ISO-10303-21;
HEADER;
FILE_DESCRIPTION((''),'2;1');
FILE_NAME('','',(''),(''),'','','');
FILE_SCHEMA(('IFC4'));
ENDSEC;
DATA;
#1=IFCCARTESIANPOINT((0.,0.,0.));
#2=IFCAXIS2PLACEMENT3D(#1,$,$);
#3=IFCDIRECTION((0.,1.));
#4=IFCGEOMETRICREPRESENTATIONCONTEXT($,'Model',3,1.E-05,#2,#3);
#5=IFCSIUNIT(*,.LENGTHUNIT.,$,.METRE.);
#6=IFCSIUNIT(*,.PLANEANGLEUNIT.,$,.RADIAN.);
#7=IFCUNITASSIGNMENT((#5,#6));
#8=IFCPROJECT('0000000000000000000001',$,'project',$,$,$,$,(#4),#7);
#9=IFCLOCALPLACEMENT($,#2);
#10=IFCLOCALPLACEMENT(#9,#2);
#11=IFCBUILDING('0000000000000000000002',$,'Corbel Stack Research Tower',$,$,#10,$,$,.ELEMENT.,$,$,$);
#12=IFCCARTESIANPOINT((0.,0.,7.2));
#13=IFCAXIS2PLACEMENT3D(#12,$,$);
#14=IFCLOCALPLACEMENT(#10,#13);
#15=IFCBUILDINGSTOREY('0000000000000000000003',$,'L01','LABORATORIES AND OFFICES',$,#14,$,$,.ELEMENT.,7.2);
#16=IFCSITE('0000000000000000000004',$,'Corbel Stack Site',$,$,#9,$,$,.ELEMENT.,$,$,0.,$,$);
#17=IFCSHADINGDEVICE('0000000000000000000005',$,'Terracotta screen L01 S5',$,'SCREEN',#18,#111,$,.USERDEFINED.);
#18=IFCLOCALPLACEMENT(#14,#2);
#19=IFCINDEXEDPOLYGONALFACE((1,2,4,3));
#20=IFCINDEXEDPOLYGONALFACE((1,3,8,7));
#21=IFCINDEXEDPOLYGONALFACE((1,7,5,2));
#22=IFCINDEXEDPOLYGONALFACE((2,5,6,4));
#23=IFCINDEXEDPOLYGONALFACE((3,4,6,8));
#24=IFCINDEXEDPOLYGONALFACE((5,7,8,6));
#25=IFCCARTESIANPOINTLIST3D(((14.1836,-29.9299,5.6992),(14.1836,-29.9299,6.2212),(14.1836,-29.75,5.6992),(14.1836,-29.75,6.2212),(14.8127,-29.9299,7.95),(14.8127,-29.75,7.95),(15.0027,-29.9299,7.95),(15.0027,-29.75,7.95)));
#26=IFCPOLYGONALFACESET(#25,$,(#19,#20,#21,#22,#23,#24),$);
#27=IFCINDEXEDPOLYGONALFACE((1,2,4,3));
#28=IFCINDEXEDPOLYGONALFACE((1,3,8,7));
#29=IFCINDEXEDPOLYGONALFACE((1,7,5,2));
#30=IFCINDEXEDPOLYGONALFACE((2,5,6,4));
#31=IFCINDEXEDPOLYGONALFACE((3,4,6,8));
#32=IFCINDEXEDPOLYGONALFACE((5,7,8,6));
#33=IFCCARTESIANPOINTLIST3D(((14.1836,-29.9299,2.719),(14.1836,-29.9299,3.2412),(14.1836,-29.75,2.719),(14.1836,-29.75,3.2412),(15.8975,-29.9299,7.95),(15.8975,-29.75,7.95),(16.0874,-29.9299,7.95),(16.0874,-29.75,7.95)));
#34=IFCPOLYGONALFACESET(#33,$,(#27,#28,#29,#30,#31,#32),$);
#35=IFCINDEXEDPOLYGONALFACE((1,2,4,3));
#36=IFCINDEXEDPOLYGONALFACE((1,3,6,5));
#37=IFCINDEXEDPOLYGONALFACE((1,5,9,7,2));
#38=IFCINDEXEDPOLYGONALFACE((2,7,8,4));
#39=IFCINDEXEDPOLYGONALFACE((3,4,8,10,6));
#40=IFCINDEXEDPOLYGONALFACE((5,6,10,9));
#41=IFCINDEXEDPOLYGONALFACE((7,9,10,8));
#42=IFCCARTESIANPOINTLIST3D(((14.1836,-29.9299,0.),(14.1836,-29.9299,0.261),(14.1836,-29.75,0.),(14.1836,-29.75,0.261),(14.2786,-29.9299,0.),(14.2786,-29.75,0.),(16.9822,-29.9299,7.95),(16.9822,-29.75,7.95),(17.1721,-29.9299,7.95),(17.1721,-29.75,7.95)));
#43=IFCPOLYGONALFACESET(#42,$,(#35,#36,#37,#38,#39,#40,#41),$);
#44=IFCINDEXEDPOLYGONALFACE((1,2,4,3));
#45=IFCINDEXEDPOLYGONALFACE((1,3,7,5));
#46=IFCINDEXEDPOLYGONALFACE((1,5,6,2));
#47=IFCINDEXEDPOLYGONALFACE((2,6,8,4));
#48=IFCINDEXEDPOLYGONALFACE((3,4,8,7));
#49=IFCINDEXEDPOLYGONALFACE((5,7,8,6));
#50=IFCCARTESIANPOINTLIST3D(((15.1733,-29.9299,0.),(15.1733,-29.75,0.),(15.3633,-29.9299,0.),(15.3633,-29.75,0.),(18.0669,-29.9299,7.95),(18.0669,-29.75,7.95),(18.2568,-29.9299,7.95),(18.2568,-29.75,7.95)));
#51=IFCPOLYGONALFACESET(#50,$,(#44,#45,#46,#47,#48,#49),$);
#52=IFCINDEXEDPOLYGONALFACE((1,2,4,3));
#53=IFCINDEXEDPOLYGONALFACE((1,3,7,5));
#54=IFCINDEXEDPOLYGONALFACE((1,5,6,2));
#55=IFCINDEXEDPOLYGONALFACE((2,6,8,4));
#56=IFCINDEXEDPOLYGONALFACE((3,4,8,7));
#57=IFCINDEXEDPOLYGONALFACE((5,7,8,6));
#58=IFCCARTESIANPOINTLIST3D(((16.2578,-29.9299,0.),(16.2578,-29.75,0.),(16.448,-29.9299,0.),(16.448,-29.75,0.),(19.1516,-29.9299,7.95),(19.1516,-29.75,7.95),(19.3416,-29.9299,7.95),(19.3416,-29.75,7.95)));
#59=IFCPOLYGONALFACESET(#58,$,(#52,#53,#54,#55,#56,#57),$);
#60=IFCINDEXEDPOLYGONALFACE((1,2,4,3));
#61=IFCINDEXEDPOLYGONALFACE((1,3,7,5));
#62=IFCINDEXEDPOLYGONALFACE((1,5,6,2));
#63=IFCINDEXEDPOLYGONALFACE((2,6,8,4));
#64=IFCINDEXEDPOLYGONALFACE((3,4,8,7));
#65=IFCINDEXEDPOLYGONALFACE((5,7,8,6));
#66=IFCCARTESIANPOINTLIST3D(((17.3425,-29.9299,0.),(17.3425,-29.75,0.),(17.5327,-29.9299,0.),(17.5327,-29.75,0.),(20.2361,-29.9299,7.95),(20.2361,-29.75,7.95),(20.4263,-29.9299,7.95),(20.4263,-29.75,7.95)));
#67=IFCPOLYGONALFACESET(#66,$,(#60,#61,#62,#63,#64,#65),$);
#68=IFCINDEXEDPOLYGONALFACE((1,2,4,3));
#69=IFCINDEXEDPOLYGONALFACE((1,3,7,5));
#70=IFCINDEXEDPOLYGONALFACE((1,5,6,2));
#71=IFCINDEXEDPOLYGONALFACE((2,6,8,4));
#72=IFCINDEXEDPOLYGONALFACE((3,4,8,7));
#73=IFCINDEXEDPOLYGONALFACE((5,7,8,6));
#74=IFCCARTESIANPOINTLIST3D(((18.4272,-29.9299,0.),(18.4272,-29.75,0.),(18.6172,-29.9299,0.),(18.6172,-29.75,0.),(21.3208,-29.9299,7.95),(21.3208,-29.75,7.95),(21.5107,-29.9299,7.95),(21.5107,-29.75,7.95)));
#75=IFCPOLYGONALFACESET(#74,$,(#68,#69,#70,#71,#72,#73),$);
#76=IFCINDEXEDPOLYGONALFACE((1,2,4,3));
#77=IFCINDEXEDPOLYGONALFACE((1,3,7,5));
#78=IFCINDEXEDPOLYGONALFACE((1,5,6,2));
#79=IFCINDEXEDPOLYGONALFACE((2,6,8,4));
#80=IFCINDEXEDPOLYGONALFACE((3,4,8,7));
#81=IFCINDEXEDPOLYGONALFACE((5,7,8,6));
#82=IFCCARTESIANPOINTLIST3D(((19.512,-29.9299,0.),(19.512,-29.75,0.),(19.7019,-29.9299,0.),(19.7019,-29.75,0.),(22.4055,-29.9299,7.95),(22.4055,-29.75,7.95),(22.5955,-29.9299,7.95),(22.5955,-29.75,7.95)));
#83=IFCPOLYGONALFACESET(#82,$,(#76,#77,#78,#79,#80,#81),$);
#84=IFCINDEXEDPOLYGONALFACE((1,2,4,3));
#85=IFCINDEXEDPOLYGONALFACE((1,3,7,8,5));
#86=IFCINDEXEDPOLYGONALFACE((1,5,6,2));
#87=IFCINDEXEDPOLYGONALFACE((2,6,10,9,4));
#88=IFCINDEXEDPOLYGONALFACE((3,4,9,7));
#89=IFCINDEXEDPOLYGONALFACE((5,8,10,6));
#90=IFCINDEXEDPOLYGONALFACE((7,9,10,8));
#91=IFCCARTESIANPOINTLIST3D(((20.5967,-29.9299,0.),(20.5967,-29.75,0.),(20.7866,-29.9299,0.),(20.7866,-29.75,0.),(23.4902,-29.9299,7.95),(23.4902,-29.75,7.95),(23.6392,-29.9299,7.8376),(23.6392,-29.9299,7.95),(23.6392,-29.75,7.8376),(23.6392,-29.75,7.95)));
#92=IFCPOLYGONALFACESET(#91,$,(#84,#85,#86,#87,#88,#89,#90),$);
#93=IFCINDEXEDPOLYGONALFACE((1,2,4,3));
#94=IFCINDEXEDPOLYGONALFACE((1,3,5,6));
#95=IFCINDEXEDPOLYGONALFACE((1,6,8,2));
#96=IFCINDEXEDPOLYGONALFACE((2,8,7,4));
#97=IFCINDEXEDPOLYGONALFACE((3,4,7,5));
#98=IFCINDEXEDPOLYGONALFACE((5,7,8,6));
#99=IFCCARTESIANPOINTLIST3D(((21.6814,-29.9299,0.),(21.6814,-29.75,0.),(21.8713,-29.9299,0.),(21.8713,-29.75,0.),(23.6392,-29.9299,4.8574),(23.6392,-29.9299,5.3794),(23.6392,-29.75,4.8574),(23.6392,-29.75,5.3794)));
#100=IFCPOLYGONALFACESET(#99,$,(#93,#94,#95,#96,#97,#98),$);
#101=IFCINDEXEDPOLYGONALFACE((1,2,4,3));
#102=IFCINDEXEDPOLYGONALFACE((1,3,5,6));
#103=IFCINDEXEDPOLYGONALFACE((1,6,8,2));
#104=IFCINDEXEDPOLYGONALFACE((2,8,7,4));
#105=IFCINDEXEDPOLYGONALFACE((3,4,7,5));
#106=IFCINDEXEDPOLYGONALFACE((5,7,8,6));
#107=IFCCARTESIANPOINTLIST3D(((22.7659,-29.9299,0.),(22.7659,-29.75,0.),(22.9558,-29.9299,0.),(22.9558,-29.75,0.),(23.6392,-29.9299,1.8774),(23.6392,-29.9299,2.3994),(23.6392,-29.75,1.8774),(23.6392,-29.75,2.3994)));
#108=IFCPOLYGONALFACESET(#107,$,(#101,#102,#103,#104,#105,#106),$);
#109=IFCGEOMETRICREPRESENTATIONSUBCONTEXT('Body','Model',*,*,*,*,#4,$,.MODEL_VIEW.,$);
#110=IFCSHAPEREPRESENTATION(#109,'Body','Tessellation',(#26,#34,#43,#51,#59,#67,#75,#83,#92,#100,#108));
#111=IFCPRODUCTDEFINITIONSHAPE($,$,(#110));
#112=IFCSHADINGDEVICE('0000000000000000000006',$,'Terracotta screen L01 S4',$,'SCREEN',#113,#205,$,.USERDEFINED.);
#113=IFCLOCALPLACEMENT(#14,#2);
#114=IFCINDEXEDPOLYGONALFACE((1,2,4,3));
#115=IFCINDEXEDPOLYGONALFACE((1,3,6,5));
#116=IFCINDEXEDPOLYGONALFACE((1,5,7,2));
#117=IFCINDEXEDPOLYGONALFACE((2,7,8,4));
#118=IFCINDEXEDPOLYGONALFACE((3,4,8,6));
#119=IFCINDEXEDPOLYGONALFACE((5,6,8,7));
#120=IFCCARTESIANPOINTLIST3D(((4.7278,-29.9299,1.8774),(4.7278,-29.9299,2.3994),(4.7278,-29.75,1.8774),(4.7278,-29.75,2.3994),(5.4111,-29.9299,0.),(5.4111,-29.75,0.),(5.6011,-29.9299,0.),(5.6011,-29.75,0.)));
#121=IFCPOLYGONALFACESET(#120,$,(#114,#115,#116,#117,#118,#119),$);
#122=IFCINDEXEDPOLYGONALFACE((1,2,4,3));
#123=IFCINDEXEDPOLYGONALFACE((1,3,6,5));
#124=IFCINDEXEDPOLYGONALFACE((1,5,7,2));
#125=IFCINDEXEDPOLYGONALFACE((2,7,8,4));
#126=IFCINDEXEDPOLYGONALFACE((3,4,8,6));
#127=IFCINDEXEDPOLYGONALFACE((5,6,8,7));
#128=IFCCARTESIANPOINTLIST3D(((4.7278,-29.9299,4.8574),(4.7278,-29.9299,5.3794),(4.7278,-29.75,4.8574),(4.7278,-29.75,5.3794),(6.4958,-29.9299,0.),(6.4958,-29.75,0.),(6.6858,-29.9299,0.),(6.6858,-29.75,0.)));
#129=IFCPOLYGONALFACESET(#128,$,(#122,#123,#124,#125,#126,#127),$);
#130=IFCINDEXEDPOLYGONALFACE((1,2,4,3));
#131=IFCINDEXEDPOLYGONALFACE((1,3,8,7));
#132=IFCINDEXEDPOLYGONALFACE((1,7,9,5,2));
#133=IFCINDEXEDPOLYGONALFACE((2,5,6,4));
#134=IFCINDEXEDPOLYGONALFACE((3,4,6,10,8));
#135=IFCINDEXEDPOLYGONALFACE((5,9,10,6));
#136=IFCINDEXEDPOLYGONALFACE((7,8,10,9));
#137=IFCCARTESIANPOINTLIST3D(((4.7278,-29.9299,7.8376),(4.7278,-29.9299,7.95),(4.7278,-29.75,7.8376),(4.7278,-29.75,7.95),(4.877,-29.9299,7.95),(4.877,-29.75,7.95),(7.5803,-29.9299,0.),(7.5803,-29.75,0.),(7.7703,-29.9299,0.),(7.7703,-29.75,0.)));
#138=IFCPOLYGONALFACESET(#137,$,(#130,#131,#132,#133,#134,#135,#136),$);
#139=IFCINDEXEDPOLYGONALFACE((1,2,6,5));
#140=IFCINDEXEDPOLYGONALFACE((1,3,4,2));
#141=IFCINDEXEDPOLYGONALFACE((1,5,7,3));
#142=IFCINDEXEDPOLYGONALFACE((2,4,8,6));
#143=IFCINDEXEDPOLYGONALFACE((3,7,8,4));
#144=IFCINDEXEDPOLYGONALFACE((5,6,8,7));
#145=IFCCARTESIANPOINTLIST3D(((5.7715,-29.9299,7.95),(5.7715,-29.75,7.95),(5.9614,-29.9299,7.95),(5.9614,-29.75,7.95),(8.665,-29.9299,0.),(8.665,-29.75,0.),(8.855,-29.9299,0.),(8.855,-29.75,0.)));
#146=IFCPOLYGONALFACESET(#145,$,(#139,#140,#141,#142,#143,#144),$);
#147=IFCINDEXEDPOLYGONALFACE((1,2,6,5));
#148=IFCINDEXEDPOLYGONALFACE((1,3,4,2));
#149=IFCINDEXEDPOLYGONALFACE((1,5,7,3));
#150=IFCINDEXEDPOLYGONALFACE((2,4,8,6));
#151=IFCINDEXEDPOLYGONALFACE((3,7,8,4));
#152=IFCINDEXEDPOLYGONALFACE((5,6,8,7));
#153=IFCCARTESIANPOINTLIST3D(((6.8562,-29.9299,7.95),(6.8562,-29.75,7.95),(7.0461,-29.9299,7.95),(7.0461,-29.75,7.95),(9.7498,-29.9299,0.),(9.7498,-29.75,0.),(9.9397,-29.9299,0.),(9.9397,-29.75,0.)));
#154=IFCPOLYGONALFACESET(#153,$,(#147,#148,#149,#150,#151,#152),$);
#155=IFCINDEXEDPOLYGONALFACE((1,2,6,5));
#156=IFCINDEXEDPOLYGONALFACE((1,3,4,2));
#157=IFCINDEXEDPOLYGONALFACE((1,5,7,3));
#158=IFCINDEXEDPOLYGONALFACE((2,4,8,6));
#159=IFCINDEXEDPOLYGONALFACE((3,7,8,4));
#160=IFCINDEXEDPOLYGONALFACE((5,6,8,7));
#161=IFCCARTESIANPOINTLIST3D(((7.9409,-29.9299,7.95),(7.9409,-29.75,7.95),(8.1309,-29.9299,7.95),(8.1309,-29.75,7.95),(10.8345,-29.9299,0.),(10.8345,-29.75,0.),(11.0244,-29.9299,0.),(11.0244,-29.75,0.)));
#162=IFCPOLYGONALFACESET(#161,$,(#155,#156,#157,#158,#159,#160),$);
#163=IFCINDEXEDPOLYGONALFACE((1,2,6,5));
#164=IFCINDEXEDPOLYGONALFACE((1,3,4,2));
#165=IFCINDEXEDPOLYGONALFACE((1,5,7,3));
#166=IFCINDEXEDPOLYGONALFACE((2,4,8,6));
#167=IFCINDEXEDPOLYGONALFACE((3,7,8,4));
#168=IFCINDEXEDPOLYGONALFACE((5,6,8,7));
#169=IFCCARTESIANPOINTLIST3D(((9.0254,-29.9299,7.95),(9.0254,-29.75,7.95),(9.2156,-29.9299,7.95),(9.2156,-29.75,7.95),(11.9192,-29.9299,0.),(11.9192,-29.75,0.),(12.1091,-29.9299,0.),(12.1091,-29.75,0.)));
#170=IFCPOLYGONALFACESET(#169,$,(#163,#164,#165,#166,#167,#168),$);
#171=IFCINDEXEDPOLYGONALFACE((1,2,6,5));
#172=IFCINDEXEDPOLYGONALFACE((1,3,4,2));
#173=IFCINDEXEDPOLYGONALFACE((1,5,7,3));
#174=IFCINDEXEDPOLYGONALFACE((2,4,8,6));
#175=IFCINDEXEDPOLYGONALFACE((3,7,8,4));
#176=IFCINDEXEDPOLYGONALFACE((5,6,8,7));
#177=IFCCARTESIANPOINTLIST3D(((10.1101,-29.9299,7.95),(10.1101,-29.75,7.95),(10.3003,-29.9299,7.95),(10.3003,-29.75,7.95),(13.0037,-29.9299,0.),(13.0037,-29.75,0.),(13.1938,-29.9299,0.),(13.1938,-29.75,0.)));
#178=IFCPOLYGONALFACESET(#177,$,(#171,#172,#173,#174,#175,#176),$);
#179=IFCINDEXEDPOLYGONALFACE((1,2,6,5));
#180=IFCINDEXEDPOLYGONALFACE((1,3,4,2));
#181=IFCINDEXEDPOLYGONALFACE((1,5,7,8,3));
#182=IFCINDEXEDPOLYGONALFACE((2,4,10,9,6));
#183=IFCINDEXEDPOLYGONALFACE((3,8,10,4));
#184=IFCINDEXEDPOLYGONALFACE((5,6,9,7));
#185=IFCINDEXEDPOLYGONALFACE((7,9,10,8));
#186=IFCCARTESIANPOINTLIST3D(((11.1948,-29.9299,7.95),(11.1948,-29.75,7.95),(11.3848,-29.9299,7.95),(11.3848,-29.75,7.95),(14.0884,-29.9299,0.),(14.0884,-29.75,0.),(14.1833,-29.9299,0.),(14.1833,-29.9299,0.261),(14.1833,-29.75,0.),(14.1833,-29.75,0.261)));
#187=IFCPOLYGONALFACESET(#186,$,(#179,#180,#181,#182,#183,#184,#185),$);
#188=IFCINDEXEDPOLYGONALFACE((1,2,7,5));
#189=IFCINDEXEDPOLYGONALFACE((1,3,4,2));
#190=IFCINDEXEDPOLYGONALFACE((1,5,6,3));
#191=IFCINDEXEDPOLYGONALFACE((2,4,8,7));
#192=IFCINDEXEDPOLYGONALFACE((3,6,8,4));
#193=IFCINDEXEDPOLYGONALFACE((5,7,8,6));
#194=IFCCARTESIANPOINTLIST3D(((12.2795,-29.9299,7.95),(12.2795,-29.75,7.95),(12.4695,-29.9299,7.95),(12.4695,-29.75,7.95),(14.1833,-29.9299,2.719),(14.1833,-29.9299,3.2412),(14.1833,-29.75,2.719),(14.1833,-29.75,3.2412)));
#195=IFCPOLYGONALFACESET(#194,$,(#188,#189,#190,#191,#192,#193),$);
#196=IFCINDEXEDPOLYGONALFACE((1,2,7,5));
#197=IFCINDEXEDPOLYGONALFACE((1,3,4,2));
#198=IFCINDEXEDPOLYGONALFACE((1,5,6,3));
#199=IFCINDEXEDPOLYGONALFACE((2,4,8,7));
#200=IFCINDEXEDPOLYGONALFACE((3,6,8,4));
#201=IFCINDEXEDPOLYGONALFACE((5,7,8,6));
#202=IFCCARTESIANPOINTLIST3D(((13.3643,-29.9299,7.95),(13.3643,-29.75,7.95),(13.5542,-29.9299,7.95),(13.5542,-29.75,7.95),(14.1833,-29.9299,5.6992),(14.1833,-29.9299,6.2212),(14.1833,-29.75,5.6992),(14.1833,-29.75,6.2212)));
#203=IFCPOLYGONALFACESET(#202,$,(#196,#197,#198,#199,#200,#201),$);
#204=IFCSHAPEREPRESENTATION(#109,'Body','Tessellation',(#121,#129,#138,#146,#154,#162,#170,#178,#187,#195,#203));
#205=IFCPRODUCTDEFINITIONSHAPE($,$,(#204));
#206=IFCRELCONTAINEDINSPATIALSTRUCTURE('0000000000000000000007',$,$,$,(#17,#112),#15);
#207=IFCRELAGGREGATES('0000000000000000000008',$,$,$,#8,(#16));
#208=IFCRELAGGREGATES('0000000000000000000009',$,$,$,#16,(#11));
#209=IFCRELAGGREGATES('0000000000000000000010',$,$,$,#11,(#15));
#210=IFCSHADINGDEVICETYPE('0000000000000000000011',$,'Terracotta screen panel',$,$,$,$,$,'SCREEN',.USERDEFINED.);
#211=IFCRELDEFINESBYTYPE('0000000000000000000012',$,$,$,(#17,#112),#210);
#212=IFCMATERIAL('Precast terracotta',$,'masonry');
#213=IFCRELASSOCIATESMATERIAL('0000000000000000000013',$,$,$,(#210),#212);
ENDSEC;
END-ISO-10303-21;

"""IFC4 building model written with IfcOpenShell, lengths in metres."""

from ifc_helpers import new_model, si_unit, direction, frame, origin, place, context, subcontext, project, spatial, polyline, outline, extrude, source, transform, mapped, material, type_object, element, save


model = new_model("IFC4")

# Units and contexts
model_context = context("Model", 3, precision=1e-05, world=origin(), true_north=direction((0.0, 1.0)))
body_context = subcontext(model_context, "Body", "Model", "MODEL_VIEW")
ifc_project = project(units=[si_unit("LENGTHUNIT", "METRE"), si_unit("PLANEANGLEUNIT", "RADIAN")], contexts=[model_context])

# Site, building, storey
site_placement = place(None, origin())
site = spatial("IfcSite", under=ifc_project, at=site_placement, Name="Corbel Stack Site", CompositionType="ELEMENT", RefElevation=0.0)
building_placement = place(site_placement, origin())
building = spatial("IfcBuilding", under=site, at=building_placement, Name="Corbel Stack Research Tower", CompositionType="ELEMENT")
storey_placement = place(building_placement, frame((0.0, 0.0, 7.2)))
storey = spatial("IfcBuildingStorey", under=building, at=storey_placement, Name="L01", Description="LABORATORIES AND OFFICES", CompositionType="ELEMENT", Elevation=7.2)

# Shading devices
ifc_material_1 = material(Name="Precast terracotta", Category="masonry")
shading_device_type = type_object("IfcShadingDeviceType", Name="Terracotta screen panel", ElementType="SCREEN", PredefinedType="USERDEFINED", material=ifc_material_1)
shared_shape_1 = source(origin(), body_context, "Body", "SweptSolid", [
    extrude(outline(polyline([(0.8191, 7.95), (0.6292, 7.95), (0.0, 6.2212), (0.0, 5.6992), (0.8191, 7.95)])), frame((0.0, 0.0, 0.0), z_axis=(0.0, -1.0, 0.0), x_axis=(1.0, 0.0, 0.0)), (0.0, 0.0, 1.0), 0.1799),
    extrude(outline(polyline([(1.9038, 7.95), (1.7139, 7.95), (0.0, 3.2412), (0.0, 2.719), (1.9038, 7.95)])), frame((0.0, 0.0, 0.0), z_axis=(0.0, -1.0, 0.0), x_axis=(1.0, 0.0, 0.0)), (0.0, 0.0, 1.0), 0.1799),
    extrude(outline(polyline([(0.095, 0.0), (2.9885, 7.95), (2.7986, 7.95), (0.0, 0.261), (0.0, 0.0), (0.095, 0.0)])), frame((0.0, 0.0, 0.0), z_axis=(0.0, -1.0, 0.0), x_axis=(1.0, 0.0, 0.0)), (0.0, 0.0, 1.0), 0.1799),
    extrude(outline(polyline([(1.1797, 0.0), (4.0732, 7.95), (3.8833, 7.95), (0.9897, 0.0), (1.1797, 0.0)])), frame((0.0, 0.0, 0.0), z_axis=(0.0, -1.0, 0.0), x_axis=(1.0, 0.0, 0.0)), (0.0, 0.0, 1.0), 0.1799),
    extrude(outline(polyline([(2.2644, 0.0), (5.158, 7.95), (4.968, 7.95), (2.0742, 0.0), (2.2644, 0.0)])), frame((0.0, 0.0, 0.0), z_axis=(0.0, -1.0, 0.0), x_axis=(1.0, 0.0, 0.0)), (0.0, 0.0, 1.0), 0.1799),
    extrude(outline(polyline([(3.3491, 0.0), (6.2427, 7.95), (6.0525, 7.95), (3.1589, 0.0), (3.3491, 0.0)])), frame((0.0, 0.0, 0.0), z_axis=(0.0, -1.0, 0.0), x_axis=(1.0, 0.0, 0.0)), (0.0, 0.0, 1.0), 0.1799),
    extrude(outline(polyline([(4.4336, 0.0), (7.3271, 7.95), (7.1372, 7.95), (4.2437, 0.0), (4.4336, 0.0)])), frame((0.0, 0.0, 0.0), z_axis=(0.0, -1.0, 0.0), x_axis=(1.0, 0.0, 0.0)), (0.0, 0.0, 1.0), 0.1799),
    extrude(outline(polyline([(5.5183, 0.0), (8.4119, 7.95), (8.2219, 7.95), (5.3284, 0.0), (5.5183, 0.0)])), frame((0.0, 0.0, 0.0), z_axis=(0.0, -1.0, 0.0), x_axis=(1.0, 0.0, 0.0)), (0.0, 0.0, 1.0), 0.1799),
    extrude(outline(polyline([(6.603, 0.0), (9.4556, 7.8376), (9.4556, 7.95), (9.3066, 7.95), (6.4131, 0.0), (6.603, 0.0)])), frame((0.0, 0.0, 0.0), z_axis=(0.0, -1.0, 0.0), x_axis=(1.0, 0.0, 0.0)), (0.0, 0.0, 1.0), 0.1799),
    extrude(outline(polyline([(7.6877, 0.0), (9.4556, 4.8574), (9.4556, 5.3794), (7.4978, 0.0), (7.6877, 0.0)])), frame((0.0, 0.0, 0.0), z_axis=(0.0, -1.0, 0.0), x_axis=(1.0, 0.0, 0.0)), (0.0, 0.0, 1.0), 0.1799),
    extrude(outline(polyline([(8.7722, 0.0), (9.4556, 1.8774), (9.4556, 2.3994), (8.5823, 0.0), (8.7722, 0.0)])), frame((0.0, 0.0, 0.0), z_axis=(0.0, -1.0, 0.0), x_axis=(1.0, 0.0, 0.0)), (0.0, 0.0, 1.0), 0.1799),
])
for number, where, z_axis, x_axis, name in (
    (1, (14.1836, -29.75, 0.0), (0.0, 0.0, 1.0), (1.0, 0.0, 0.0), "Terracotta screen L01 S5"),
):
    element("IfcShadingDevice", number, at=place(storey_placement, frame(where, z_axis=z_axis, x_axis=x_axis)), inside=storey, type_object=shading_device_type, Name=name, ObjectType="SCREEN", PredefinedType="USERDEFINED", context=body_context, shape_type="MappedRepresentation", body=[
        mapped(shared_shape_1, transform((0.0, 0.0, 0.0))),
    ])
shared_shape_2 = source(origin(), body_context, "Body", "SweptSolid", [
    extrude(outline(polyline([(0.8733, 0.0), (0.0, 2.3994), (0.0, 1.8774), (0.6833, 0.0), (0.8733, 0.0)])), frame((0.0, 0.0, 0.0), z_axis=(0.0, -1.0, 0.0), x_axis=(1.0, 0.0, 0.0)), (0.0, 0.0, 1.0), 0.1799),
    extrude(outline(polyline([(1.958, 0.0), (0.0, 5.3794), (0.0, 4.8574), (1.7681, 0.0), (1.958, 0.0)])), frame((0.0, 0.0, 0.0), z_axis=(0.0, -1.0, 0.0), x_axis=(1.0, 0.0, 0.0)), (0.0, 0.0, 1.0), 0.1799),
    extrude(outline(polyline([(3.0425, 0.0), (0.1492, 7.95), (0.0, 7.95), (0.0, 7.8376), (2.8525, 0.0), (3.0425, 0.0)])), frame((0.0, 0.0, 0.0), z_axis=(0.0, -1.0, 0.0), x_axis=(1.0, 0.0, 0.0)), (0.0, 0.0, 1.0), 0.1799),
    extrude(outline(polyline([(4.1272, 0.0), (1.2336, 7.95), (1.0437, 7.95), (3.9373, 0.0), (4.1272, 0.0)])), frame((0.0, 0.0, 0.0), z_axis=(0.0, -1.0, 0.0), x_axis=(1.0, 0.0, 0.0)), (0.0, 0.0, 1.0), 0.1799),
    extrude(outline(polyline([(5.2119, 0.0), (2.3184, 7.95), (2.1284, 7.95), (5.022, 0.0), (5.2119, 0.0)])), frame((0.0, 0.0, 0.0), z_axis=(0.0, -1.0, 0.0), x_axis=(1.0, 0.0, 0.0)), (0.0, 0.0, 1.0), 0.1799),
    extrude(outline(polyline([(6.2966, 0.0), (3.4031, 7.95), (3.2131, 7.95), (6.1067, 0.0), (6.2966, 0.0)])), frame((0.0, 0.0, 0.0), z_axis=(0.0, -1.0, 0.0), x_axis=(1.0, 0.0, 0.0)), (0.0, 0.0, 1.0), 0.1799),
    extrude(outline(polyline([(7.3813, 0.0), (4.4878, 7.95), (4.2976, 7.95), (7.1914, 0.0), (7.3813, 0.0)])), frame((0.0, 0.0, 0.0), z_axis=(0.0, -1.0, 0.0), x_axis=(1.0, 0.0, 0.0)), (0.0, 0.0, 1.0), 0.1799),
    extrude(outline(polyline([(8.4661, 0.0), (5.5725, 7.95), (5.3823, 7.95), (8.2759, 0.0), (8.4661, 0.0)])), frame((0.0, 0.0, 0.0), z_axis=(0.0, -1.0, 0.0), x_axis=(1.0, 0.0, 0.0)), (0.0, 0.0, 1.0), 0.1799),
    extrude(outline(polyline([(9.4556, 0.0), (9.4556, 0.261), (6.657, 7.95), (6.467, 7.95), (9.3606, 0.0), (9.4556, 0.0)])), frame((0.0, 0.0, 0.0), z_axis=(0.0, -1.0, 0.0), x_axis=(1.0, 0.0, 0.0)), (0.0, 0.0, 1.0), 0.1799),
    extrude(outline(polyline([(7.7417, 7.95), (7.5518, 7.95), (9.4556, 2.719), (9.4556, 3.2412), (7.7417, 7.95)])), frame((0.0, 0.0, 0.0), z_axis=(0.0, -1.0, 0.0), x_axis=(1.0, 0.0, 0.0)), (0.0, 0.0, 1.0), 0.1799),
    extrude(outline(polyline([(8.8264, 7.95), (8.6365, 7.95), (9.4556, 5.6992), (9.4556, 6.2212), (8.8264, 7.95)])), frame((0.0, 0.0, 0.0), z_axis=(0.0, -1.0, 0.0), x_axis=(1.0, 0.0, 0.0)), (0.0, 0.0, 1.0), 0.1799),
])
shading_device_placement = place(storey_placement, frame((4.7278, -29.75, 0.0), z_axis=(0.0, 0.0, 1.0), x_axis=(1.0, 0.0, 0.0)))
element("IfcShadingDevice", 2, at=shading_device_placement, inside=storey, type_object=shading_device_type, Name="Terracotta screen L01 S4", ObjectType="SCREEN", PredefinedType="USERDEFINED", context=body_context, shape_type="MappedRepresentation", body=[
    mapped(shared_shape_2, transform((0.0, 0.0, 0.0))),
])

save(model, "model.ifc")
